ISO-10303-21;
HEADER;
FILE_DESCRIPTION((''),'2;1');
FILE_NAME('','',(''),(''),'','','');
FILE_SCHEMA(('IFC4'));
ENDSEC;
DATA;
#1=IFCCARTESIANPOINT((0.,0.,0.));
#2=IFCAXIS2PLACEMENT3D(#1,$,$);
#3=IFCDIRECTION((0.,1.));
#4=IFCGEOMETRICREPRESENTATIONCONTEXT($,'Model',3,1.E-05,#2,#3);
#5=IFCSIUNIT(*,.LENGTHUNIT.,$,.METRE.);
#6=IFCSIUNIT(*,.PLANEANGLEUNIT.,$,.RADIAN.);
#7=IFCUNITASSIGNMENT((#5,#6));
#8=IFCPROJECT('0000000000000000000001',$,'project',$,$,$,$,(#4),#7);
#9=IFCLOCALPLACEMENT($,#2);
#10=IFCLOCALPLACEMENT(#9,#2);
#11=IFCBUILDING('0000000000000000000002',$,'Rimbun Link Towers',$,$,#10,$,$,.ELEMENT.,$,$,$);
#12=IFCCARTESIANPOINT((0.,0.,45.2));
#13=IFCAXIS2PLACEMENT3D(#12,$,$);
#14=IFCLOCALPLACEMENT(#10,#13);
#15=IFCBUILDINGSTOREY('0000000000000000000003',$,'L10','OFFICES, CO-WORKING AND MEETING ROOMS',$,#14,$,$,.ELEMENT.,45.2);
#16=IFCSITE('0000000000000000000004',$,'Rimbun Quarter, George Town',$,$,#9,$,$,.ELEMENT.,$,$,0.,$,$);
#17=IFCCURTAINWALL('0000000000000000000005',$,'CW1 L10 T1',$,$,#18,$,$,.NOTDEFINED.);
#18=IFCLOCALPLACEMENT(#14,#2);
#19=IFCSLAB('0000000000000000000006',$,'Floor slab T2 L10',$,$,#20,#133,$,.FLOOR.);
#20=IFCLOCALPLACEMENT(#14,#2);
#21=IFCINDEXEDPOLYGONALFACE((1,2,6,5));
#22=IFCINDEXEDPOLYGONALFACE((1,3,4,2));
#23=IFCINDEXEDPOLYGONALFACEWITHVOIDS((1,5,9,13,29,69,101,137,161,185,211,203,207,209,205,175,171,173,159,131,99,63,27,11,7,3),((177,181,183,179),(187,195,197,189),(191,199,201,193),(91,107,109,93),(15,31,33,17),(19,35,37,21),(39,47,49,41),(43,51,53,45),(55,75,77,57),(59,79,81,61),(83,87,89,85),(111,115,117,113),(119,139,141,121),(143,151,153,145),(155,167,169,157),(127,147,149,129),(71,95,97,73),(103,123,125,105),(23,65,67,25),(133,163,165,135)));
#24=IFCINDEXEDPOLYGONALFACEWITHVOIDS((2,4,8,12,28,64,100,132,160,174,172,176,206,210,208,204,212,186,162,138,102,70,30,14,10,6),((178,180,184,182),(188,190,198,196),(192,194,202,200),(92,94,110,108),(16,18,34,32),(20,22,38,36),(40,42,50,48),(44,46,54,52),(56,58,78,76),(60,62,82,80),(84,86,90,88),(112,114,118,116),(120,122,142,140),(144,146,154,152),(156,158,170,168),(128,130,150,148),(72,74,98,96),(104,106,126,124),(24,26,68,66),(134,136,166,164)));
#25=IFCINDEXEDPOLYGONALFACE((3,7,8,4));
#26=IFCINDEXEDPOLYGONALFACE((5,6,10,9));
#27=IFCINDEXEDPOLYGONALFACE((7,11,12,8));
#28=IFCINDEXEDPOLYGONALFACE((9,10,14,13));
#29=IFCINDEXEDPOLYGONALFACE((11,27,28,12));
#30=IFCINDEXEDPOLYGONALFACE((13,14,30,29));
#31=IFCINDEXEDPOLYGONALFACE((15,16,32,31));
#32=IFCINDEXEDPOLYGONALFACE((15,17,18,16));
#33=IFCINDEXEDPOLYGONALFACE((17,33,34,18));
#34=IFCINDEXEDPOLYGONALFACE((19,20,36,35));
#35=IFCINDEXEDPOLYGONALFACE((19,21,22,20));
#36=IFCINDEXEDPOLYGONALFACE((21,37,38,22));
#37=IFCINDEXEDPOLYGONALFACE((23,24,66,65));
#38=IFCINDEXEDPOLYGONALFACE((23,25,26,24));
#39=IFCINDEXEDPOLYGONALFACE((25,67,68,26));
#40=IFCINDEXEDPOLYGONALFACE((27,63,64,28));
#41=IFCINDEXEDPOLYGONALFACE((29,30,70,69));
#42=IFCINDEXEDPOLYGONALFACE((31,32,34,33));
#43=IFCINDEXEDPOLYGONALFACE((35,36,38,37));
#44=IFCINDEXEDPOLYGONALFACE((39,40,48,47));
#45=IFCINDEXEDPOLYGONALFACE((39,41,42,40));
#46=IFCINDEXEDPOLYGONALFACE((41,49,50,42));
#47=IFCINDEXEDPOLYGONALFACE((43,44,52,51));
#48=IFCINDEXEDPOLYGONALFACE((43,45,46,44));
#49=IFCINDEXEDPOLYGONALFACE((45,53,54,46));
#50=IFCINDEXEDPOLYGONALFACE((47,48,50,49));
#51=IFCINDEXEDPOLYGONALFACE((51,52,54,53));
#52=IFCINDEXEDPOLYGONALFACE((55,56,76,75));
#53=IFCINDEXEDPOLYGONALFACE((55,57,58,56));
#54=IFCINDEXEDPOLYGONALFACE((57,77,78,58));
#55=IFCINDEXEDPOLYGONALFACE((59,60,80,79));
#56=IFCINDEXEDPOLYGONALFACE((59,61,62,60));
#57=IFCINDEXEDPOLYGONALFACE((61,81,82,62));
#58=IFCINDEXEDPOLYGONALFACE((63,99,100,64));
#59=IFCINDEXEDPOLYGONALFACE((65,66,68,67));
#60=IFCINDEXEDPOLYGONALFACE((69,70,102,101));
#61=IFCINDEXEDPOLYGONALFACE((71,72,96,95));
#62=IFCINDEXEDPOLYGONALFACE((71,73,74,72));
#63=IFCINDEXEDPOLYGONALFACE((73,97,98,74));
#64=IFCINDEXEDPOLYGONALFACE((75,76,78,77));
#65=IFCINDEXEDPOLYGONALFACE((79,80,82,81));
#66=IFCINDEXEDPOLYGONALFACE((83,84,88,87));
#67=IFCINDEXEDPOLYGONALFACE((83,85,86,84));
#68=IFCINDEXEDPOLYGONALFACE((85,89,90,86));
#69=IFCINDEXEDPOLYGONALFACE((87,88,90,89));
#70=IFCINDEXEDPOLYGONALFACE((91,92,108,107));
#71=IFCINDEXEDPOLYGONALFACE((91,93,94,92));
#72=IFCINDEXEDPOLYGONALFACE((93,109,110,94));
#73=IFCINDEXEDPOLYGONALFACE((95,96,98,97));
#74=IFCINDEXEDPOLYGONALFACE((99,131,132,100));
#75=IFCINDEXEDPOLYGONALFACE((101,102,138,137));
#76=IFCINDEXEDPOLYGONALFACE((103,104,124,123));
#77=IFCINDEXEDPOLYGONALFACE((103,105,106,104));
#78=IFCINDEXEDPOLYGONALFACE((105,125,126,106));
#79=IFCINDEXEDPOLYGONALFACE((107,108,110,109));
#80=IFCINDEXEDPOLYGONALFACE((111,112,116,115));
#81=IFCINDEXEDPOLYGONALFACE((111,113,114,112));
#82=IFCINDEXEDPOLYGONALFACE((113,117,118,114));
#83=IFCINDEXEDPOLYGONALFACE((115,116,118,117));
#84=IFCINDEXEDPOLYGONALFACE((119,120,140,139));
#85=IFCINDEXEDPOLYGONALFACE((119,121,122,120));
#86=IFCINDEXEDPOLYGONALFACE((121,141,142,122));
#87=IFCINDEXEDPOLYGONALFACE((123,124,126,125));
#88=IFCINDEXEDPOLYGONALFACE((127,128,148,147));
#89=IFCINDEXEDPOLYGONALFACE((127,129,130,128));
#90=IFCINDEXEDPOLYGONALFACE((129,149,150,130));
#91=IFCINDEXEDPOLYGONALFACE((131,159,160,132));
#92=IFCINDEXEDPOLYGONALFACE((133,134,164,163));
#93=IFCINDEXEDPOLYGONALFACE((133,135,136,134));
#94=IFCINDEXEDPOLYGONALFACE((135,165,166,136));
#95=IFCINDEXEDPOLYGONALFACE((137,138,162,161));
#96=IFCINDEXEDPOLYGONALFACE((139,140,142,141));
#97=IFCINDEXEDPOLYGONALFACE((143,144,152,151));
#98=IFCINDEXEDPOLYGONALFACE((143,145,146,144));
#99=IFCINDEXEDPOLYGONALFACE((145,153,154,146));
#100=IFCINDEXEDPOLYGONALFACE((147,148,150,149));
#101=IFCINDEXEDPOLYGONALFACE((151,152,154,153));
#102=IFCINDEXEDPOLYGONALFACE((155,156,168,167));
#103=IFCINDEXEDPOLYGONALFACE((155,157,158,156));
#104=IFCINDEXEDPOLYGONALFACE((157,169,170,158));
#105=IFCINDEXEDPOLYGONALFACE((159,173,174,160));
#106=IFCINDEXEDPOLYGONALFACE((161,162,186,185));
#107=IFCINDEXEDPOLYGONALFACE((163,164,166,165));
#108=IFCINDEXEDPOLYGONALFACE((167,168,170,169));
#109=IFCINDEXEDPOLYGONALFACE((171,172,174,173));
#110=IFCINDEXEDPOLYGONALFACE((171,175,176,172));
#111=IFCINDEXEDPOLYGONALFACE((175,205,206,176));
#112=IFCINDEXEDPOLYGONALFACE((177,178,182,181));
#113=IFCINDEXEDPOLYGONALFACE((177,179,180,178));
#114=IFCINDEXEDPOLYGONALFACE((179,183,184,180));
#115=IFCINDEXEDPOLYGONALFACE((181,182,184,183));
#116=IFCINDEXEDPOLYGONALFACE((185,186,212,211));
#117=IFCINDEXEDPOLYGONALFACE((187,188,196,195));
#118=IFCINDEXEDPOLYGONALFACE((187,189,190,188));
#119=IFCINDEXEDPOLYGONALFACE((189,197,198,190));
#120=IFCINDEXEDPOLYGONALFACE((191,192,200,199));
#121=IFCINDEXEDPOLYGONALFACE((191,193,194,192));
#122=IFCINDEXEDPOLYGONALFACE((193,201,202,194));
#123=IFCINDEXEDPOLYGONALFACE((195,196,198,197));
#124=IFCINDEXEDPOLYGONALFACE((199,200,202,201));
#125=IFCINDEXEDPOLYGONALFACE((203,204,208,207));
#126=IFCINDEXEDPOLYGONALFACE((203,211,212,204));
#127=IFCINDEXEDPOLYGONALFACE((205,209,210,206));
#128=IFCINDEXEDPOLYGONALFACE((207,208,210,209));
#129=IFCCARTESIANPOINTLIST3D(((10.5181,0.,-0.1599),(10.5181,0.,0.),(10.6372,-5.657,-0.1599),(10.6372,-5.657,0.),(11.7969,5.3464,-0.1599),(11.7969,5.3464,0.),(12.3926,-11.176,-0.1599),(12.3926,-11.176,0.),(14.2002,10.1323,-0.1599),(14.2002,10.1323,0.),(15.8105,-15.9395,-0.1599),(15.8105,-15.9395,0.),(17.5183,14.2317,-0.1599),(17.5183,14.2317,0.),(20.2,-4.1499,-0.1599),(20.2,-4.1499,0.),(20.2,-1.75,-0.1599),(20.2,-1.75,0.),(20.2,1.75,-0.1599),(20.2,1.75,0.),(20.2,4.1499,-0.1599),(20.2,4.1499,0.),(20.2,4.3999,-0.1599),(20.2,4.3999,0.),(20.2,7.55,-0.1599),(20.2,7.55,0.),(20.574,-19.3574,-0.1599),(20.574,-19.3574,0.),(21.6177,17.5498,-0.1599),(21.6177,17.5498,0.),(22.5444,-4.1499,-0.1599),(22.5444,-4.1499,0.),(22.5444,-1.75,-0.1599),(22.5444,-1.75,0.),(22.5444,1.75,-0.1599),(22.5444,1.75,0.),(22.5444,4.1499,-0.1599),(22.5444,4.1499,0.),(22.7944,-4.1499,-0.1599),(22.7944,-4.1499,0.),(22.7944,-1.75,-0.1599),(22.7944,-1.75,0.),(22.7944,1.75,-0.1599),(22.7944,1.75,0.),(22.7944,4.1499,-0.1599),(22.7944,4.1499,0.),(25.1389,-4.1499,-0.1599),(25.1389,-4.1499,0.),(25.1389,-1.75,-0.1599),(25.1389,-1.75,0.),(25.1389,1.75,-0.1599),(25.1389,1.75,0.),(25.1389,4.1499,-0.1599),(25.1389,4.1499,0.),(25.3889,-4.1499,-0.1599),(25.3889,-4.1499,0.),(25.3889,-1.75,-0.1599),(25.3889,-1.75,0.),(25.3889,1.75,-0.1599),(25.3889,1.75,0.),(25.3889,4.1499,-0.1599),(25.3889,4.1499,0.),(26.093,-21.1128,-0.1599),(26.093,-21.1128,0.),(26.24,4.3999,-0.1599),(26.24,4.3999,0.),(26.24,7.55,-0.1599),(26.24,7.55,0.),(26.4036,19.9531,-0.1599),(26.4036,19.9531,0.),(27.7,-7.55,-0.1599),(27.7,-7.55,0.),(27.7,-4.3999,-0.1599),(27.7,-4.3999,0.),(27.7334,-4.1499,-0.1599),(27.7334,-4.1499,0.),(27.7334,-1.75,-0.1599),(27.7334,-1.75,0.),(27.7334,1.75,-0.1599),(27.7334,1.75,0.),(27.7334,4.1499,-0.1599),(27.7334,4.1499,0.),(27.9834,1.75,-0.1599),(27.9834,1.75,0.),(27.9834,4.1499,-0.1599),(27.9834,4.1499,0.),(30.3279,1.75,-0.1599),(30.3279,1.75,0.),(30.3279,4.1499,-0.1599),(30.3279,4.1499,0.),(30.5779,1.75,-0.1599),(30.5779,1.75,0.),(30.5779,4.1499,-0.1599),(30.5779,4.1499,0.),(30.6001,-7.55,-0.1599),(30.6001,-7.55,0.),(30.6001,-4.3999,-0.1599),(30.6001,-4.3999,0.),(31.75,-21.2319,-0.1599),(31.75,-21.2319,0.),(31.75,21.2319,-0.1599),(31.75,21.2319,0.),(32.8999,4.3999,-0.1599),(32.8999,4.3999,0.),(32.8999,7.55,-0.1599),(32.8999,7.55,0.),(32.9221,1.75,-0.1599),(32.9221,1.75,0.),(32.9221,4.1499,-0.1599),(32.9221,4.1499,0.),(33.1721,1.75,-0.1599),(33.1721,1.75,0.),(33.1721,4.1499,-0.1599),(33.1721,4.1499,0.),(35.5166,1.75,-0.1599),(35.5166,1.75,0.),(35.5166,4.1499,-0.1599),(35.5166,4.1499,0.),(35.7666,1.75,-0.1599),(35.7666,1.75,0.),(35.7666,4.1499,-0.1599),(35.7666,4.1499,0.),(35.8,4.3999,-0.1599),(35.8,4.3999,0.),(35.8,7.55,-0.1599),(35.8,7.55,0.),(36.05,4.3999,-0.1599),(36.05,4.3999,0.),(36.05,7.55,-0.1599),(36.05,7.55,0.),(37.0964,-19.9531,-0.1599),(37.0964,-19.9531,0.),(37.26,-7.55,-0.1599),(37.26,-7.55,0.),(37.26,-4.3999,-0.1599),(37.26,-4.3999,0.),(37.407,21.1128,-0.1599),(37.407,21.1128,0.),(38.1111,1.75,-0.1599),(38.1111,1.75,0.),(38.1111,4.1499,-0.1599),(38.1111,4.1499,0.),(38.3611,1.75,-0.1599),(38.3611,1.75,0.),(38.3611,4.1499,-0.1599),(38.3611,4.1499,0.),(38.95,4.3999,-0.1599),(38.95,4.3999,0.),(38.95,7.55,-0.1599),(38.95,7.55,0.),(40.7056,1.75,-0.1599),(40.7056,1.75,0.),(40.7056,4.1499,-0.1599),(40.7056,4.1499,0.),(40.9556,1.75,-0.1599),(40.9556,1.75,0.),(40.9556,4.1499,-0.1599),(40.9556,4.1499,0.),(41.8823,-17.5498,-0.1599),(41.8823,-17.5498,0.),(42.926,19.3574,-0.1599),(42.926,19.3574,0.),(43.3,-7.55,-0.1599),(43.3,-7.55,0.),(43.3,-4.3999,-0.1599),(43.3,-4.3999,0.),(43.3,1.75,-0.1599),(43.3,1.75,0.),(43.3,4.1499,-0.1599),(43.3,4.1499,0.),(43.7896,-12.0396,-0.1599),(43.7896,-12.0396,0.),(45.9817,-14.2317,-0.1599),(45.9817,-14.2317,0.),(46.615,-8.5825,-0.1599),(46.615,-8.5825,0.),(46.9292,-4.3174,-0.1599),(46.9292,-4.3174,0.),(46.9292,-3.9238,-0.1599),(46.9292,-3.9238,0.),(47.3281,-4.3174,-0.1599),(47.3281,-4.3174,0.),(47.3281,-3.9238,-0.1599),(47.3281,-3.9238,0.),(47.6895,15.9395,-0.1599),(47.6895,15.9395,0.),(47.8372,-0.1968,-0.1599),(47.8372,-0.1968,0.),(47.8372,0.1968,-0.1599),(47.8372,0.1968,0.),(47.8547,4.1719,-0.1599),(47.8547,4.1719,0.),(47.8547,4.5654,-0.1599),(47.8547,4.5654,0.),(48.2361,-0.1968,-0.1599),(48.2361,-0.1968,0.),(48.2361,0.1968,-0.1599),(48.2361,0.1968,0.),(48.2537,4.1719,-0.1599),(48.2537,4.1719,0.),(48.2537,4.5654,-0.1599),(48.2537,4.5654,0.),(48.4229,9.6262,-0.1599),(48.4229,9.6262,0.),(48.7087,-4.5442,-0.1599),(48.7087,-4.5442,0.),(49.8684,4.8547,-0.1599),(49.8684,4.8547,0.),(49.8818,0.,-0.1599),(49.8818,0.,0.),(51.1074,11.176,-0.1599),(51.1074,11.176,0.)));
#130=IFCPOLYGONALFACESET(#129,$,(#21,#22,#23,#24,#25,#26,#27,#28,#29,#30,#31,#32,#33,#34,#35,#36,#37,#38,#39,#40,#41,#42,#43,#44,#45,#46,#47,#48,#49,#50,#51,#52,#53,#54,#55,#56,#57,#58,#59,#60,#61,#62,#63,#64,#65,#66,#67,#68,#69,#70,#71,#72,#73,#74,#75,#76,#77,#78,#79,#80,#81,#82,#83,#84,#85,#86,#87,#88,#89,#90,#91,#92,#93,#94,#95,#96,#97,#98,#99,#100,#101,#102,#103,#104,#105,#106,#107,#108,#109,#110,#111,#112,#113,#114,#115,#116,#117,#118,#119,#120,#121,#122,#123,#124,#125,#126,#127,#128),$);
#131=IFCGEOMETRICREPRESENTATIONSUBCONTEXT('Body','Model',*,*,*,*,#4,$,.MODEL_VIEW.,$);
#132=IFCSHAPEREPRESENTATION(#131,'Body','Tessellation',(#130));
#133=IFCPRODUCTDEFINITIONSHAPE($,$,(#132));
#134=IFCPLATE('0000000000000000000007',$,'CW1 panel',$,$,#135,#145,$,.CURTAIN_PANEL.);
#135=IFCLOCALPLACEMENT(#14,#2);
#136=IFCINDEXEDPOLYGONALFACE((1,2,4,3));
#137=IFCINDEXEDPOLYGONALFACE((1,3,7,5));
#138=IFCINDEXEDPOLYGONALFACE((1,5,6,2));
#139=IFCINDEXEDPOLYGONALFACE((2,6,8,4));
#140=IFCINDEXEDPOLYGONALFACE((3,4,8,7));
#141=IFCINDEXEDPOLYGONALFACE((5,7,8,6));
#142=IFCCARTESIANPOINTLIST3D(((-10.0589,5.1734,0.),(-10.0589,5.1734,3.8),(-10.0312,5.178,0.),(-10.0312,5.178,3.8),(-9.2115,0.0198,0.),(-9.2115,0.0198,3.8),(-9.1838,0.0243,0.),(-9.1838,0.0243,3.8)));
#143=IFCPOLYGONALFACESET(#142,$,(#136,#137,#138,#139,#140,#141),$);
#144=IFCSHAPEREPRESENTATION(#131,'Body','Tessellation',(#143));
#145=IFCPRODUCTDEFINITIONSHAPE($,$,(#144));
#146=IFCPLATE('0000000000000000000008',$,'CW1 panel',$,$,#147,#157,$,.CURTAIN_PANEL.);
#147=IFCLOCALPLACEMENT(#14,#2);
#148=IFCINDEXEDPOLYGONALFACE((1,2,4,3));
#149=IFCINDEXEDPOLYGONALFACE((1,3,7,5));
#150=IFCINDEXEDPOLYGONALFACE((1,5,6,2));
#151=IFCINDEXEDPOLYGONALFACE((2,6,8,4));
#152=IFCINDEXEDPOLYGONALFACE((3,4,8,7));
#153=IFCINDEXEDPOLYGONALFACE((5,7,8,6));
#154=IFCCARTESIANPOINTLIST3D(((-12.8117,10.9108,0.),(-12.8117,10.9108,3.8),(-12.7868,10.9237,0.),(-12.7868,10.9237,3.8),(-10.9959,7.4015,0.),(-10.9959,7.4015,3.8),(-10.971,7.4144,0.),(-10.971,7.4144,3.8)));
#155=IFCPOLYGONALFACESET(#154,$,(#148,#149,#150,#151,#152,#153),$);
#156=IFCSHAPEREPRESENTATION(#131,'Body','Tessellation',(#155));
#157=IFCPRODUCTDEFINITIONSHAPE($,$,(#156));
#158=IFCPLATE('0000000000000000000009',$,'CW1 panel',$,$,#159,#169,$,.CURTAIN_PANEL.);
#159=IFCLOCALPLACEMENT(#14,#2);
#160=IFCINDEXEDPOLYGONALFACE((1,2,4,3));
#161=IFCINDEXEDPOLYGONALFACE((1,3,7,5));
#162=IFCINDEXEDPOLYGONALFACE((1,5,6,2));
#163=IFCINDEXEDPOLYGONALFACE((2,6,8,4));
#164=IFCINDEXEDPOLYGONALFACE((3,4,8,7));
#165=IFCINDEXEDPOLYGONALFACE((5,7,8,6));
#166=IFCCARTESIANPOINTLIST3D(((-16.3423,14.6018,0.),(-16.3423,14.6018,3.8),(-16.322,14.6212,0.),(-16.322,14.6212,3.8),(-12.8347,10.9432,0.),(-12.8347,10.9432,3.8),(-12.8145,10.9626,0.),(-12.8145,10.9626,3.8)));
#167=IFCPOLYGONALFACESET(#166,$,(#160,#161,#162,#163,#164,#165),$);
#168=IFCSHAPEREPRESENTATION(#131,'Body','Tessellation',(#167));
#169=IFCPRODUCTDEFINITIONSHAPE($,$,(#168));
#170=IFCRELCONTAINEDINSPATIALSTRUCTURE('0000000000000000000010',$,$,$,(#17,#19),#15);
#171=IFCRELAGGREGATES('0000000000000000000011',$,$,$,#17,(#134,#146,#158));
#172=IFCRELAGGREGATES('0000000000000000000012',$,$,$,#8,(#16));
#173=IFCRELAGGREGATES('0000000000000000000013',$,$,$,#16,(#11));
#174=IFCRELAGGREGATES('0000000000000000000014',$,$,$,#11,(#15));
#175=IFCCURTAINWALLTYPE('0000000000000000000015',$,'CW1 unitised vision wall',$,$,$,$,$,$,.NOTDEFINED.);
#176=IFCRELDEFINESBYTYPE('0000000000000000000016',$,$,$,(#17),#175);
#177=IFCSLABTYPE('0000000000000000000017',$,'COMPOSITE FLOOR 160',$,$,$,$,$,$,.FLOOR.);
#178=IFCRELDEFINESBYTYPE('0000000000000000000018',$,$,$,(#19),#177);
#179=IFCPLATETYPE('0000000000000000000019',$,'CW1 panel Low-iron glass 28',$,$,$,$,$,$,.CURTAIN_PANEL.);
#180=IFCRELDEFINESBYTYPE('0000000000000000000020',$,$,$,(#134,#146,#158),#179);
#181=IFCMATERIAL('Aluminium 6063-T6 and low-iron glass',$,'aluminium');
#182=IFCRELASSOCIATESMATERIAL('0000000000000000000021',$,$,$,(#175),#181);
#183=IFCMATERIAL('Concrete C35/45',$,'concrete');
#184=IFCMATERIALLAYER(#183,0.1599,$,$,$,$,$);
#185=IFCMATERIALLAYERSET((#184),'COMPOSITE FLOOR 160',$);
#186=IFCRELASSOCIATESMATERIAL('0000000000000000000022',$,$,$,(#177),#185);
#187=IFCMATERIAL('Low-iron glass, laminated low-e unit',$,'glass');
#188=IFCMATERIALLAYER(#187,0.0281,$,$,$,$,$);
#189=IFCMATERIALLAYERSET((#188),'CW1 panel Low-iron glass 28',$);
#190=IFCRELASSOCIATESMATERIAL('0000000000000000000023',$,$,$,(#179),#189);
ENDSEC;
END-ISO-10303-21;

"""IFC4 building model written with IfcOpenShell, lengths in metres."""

from ifc_helpers import new_model, si_unit, direction, frame, origin, origin_2d, place, context, subcontext, project, spatial, polyline, rectangle, outline, extrude, material, layer, layer_set, type_object, element, aggregate, save


model = new_model("IFC4")

# Units and contexts
model_context = context("Model", 3, precision=1e-05, world=origin(), true_north=direction((0.0, 1.0)))
body_context = subcontext(model_context, "Body", "Model", "MODEL_VIEW")
ifc_project = project(units=[si_unit("LENGTHUNIT", "METRE"), si_unit("PLANEANGLEUNIT", "RADIAN")], contexts=[model_context])

# Site, building, storey
site_placement = place(None, origin())
site = spatial("IfcSite", under=ifc_project, at=site_placement, Name="Rimbun Quarter, George Town", CompositionType="ELEMENT", RefElevation=0.0)
building_placement = place(site_placement, origin())
building = spatial("IfcBuilding", under=site, at=building_placement, Name="Rimbun Link Towers", CompositionType="ELEMENT")
storey_placement = place(building_placement, frame((0.0, 0.0, 45.2)))
storey = spatial("IfcBuildingStorey", under=building, at=storey_placement, Name="L10", Description="OFFICES, CO-WORKING AND MEETING ROOMS", CompositionType="ELEMENT", Elevation=45.2)

# Curtain wall
ifc_material_1 = material(Name="Aluminium 6063-T6 and low-iron glass", Category="aluminium")
curtain_wall_type = type_object("IfcCurtainWallType", Name="CW1 unitised vision wall", PredefinedType="NOTDEFINED", material=ifc_material_1)
curtain_wall_placement = place(storey_placement, origin())
curtain_wall = element("IfcCurtainWall", 1, at=curtain_wall_placement, inside=storey, type_object=curtain_wall_type, Name="CW1 L10 T1", PredefinedType="NOTDEFINED")

# Slab
ifc_material_2 = material(Name="Concrete C35/45", Category="concrete")
ifc_layer_1 = layer(ifc_material_2, 0.1599)
ifc_layer_set_1 = layer_set([ifc_layer_1], Name="COMPOSITE FLOOR 160")
slab_type = type_object("IfcSlabType", Name="COMPOSITE FLOOR 160", PredefinedType="FLOOR", material=ifc_layer_set_1)
slab_placement = place(storey_placement, frame((0.0, 0.0, -0.1599)))
element("IfcSlab", 2, at=slab_placement, inside=storey, type_object=slab_type, Name="Floor slab T2 L10", PredefinedType="FLOOR", context=body_context, shape_type="SweptSolid", body=[
    extrude(outline(polyline([(41.8823, -17.5498), (37.0964, -19.9531), (31.75, -21.2319), (26.093, -21.1128), (20.574, -19.3574), (15.8105, -15.9395), (12.3926, -11.176), (10.6372, -5.657), (10.5181, 0.0), (11.7969, 5.3464), (14.2002, 10.1323), (17.5183, 14.2317), (21.6177, 17.5498), (26.4036, 19.9531), (31.75, 21.2319), (37.407, 21.1128), (42.926, 19.3574), (47.6895, 15.9395), (51.1074, 11.176), (48.4229, 9.6262), (49.8684, 4.8547), (49.8818, 0.0), (48.7087, -4.5442), (46.615, -8.5825), (43.7896, -12.0396), (45.9817, -14.2317), (41.8823, -17.5498)]), holes=[polyline([(30.6001, -7.55), (30.6001, -4.3999), (27.7, -4.3999), (27.7, -7.55), (30.6001, -7.55)]), polyline([(22.5444, -4.1499), (22.5444, -1.75), (20.2, -1.75), (20.2, -4.1499), (22.5444, -4.1499)]), polyline([(25.1389, -4.1499), (25.1389, -1.75), (22.7944, -1.75), (22.7944, -4.1499), (25.1389, -4.1499)]), polyline([(25.3889, -4.1499), (27.7334, -4.1499), (27.7334, -1.75), (25.3889, -1.75), (25.3889, -4.1499)]), polyline([(20.2, 1.75), (22.5444, 1.75), (22.5444, 4.1499), (20.2, 4.1499), (20.2, 1.75)]), polyline([(25.1389, 1.75), (25.1389, 4.1499), (22.7944, 4.1499), (22.7944, 1.75), (25.1389, 1.75)]), polyline([(27.7334, 1.75), (27.7334, 4.1499), (25.3889, 4.1499), (25.3889, 1.75), (27.7334, 1.75)]), polyline([(30.3279, 1.75), (30.3279, 4.1499), (27.9834, 4.1499), (27.9834, 1.75), (30.3279, 1.75)]), polyline([(30.5779, 1.75), (32.9221, 1.75), (32.9221, 4.1499), (30.5779, 4.1499), (30.5779, 1.75)]), polyline([(20.2, 4.3999), (26.24, 4.3999), (26.24, 7.55), (20.2, 7.55), (20.2, 4.3999)]), polyline([(43.3, -7.55), (43.3, -4.3999), (37.26, -4.3999), (37.26, -7.55), (43.3, -7.55)]), polyline([(47.3281, -4.3174), (47.3281, -3.9238), (46.9292, -3.9238), (46.9292, -4.3174), (47.3281, -4.3174)]), polyline([(48.2361, -0.1968), (48.2361, 0.1968), (47.8372, 0.1968), (47.8372, -0.1968), (48.2361, -0.1968)]), polyline([(33.1721, 1.75), (35.5166, 1.75), (35.5166, 4.1499), (33.1721, 4.1499), (33.1721, 1.75)]), polyline([(35.7666, 1.75), (38.1111, 1.75), (38.1111, 4.1499), (35.7666, 4.1499), (35.7666, 1.75)]), polyline([(40.7056, 1.75), (40.7056, 4.1499), (38.3611, 4.1499), (38.3611, 1.75), (40.7056, 1.75)]), polyline([(43.3, 1.75), (43.3, 4.1499), (40.9556, 4.1499), (40.9556, 1.75), (43.3, 1.75)]), polyline([(48.2537, 4.1719), (48.2537, 4.5654), (47.8547, 4.5654), (47.8547, 4.1719), (48.2537, 4.1719)]), polyline([(32.8999, 4.3999), (35.8, 4.3999), (35.8, 7.55), (32.8999, 7.55), (32.8999, 4.3999)]), polyline([(36.05, 4.3999), (38.95, 4.3999), (38.95, 7.55), (36.05, 7.55), (36.05, 4.3999)])]), origin(), (0.0, 0.0, 1.0), 0.1599),
])

# Plates
ifc_material_3 = material(Name="Low-iron glass, laminated low-e unit", Category="glass")
ifc_layer_2 = layer(ifc_material_3, 0.0281)
ifc_layer_set_2 = layer_set([ifc_layer_2], Name="CW1 panel Low-iron glass 28")
plate_type = type_object("IfcPlateType", Name="CW1 panel Low-iron glass 28", PredefinedType="CURTAIN_PANEL", material=ifc_layer_set_2)
plate_1_placement = place(storey_placement, frame((-9.6213, 2.5989, 0.0), z_axis=(0.0, 0.0, 1.0), x_axis=(0.162258, -0.986748, 0.0)))
plate_1 = element("IfcPlate", 3, at=plate_1_placement, type_object=plate_type, Name="CW1 panel", PredefinedType="CURTAIN_PANEL", context=body_context, shape_type="SweptSolid", body=[
    extrude(rectangle(XDim=5.2229, YDim=0.0281, at=origin_2d()), origin(), (0.0, 0.0, 1.0), 3.8),
])
plate_2_placement = place(storey_placement, frame((-11.8914, 9.1626, 0.0), z_axis=(0.0, 0.0, 1.0), x_axis=(0.459555, -0.888149, 0.0)))
plate_2 = element("IfcPlate", 4, at=plate_2_placement, type_object=plate_type, Name="CW1 panel", PredefinedType="CURTAIN_PANEL", context=body_context, shape_type="SweptSolid", body=[
    extrude(rectangle(XDim=3.9512, YDim=0.0281, at=origin_2d()), origin(), (0.0, 0.0, 1.0), 3.8),
])
plate_3_placement = place(storey_placement, frame((-14.5784, 12.7822, 0.0), z_axis=(0.0, 0.0, 1.0), x_axis=(0.692052, -0.721848, 0.0)))
plate_3 = element("IfcPlate", 5, at=plate_3_placement, type_object=plate_type, Name="CW1 panel", PredefinedType="CURTAIN_PANEL", context=body_context, shape_type="SweptSolid", body=[
    extrude(rectangle(XDim=5.0684, YDim=0.0281, at=origin_2d()), origin(), (0.0, 0.0, 1.0), 3.8),
])
aggregate(curtain_wall, [plate_1, plate_2, plate_3])

save(model, "model.ifc")
